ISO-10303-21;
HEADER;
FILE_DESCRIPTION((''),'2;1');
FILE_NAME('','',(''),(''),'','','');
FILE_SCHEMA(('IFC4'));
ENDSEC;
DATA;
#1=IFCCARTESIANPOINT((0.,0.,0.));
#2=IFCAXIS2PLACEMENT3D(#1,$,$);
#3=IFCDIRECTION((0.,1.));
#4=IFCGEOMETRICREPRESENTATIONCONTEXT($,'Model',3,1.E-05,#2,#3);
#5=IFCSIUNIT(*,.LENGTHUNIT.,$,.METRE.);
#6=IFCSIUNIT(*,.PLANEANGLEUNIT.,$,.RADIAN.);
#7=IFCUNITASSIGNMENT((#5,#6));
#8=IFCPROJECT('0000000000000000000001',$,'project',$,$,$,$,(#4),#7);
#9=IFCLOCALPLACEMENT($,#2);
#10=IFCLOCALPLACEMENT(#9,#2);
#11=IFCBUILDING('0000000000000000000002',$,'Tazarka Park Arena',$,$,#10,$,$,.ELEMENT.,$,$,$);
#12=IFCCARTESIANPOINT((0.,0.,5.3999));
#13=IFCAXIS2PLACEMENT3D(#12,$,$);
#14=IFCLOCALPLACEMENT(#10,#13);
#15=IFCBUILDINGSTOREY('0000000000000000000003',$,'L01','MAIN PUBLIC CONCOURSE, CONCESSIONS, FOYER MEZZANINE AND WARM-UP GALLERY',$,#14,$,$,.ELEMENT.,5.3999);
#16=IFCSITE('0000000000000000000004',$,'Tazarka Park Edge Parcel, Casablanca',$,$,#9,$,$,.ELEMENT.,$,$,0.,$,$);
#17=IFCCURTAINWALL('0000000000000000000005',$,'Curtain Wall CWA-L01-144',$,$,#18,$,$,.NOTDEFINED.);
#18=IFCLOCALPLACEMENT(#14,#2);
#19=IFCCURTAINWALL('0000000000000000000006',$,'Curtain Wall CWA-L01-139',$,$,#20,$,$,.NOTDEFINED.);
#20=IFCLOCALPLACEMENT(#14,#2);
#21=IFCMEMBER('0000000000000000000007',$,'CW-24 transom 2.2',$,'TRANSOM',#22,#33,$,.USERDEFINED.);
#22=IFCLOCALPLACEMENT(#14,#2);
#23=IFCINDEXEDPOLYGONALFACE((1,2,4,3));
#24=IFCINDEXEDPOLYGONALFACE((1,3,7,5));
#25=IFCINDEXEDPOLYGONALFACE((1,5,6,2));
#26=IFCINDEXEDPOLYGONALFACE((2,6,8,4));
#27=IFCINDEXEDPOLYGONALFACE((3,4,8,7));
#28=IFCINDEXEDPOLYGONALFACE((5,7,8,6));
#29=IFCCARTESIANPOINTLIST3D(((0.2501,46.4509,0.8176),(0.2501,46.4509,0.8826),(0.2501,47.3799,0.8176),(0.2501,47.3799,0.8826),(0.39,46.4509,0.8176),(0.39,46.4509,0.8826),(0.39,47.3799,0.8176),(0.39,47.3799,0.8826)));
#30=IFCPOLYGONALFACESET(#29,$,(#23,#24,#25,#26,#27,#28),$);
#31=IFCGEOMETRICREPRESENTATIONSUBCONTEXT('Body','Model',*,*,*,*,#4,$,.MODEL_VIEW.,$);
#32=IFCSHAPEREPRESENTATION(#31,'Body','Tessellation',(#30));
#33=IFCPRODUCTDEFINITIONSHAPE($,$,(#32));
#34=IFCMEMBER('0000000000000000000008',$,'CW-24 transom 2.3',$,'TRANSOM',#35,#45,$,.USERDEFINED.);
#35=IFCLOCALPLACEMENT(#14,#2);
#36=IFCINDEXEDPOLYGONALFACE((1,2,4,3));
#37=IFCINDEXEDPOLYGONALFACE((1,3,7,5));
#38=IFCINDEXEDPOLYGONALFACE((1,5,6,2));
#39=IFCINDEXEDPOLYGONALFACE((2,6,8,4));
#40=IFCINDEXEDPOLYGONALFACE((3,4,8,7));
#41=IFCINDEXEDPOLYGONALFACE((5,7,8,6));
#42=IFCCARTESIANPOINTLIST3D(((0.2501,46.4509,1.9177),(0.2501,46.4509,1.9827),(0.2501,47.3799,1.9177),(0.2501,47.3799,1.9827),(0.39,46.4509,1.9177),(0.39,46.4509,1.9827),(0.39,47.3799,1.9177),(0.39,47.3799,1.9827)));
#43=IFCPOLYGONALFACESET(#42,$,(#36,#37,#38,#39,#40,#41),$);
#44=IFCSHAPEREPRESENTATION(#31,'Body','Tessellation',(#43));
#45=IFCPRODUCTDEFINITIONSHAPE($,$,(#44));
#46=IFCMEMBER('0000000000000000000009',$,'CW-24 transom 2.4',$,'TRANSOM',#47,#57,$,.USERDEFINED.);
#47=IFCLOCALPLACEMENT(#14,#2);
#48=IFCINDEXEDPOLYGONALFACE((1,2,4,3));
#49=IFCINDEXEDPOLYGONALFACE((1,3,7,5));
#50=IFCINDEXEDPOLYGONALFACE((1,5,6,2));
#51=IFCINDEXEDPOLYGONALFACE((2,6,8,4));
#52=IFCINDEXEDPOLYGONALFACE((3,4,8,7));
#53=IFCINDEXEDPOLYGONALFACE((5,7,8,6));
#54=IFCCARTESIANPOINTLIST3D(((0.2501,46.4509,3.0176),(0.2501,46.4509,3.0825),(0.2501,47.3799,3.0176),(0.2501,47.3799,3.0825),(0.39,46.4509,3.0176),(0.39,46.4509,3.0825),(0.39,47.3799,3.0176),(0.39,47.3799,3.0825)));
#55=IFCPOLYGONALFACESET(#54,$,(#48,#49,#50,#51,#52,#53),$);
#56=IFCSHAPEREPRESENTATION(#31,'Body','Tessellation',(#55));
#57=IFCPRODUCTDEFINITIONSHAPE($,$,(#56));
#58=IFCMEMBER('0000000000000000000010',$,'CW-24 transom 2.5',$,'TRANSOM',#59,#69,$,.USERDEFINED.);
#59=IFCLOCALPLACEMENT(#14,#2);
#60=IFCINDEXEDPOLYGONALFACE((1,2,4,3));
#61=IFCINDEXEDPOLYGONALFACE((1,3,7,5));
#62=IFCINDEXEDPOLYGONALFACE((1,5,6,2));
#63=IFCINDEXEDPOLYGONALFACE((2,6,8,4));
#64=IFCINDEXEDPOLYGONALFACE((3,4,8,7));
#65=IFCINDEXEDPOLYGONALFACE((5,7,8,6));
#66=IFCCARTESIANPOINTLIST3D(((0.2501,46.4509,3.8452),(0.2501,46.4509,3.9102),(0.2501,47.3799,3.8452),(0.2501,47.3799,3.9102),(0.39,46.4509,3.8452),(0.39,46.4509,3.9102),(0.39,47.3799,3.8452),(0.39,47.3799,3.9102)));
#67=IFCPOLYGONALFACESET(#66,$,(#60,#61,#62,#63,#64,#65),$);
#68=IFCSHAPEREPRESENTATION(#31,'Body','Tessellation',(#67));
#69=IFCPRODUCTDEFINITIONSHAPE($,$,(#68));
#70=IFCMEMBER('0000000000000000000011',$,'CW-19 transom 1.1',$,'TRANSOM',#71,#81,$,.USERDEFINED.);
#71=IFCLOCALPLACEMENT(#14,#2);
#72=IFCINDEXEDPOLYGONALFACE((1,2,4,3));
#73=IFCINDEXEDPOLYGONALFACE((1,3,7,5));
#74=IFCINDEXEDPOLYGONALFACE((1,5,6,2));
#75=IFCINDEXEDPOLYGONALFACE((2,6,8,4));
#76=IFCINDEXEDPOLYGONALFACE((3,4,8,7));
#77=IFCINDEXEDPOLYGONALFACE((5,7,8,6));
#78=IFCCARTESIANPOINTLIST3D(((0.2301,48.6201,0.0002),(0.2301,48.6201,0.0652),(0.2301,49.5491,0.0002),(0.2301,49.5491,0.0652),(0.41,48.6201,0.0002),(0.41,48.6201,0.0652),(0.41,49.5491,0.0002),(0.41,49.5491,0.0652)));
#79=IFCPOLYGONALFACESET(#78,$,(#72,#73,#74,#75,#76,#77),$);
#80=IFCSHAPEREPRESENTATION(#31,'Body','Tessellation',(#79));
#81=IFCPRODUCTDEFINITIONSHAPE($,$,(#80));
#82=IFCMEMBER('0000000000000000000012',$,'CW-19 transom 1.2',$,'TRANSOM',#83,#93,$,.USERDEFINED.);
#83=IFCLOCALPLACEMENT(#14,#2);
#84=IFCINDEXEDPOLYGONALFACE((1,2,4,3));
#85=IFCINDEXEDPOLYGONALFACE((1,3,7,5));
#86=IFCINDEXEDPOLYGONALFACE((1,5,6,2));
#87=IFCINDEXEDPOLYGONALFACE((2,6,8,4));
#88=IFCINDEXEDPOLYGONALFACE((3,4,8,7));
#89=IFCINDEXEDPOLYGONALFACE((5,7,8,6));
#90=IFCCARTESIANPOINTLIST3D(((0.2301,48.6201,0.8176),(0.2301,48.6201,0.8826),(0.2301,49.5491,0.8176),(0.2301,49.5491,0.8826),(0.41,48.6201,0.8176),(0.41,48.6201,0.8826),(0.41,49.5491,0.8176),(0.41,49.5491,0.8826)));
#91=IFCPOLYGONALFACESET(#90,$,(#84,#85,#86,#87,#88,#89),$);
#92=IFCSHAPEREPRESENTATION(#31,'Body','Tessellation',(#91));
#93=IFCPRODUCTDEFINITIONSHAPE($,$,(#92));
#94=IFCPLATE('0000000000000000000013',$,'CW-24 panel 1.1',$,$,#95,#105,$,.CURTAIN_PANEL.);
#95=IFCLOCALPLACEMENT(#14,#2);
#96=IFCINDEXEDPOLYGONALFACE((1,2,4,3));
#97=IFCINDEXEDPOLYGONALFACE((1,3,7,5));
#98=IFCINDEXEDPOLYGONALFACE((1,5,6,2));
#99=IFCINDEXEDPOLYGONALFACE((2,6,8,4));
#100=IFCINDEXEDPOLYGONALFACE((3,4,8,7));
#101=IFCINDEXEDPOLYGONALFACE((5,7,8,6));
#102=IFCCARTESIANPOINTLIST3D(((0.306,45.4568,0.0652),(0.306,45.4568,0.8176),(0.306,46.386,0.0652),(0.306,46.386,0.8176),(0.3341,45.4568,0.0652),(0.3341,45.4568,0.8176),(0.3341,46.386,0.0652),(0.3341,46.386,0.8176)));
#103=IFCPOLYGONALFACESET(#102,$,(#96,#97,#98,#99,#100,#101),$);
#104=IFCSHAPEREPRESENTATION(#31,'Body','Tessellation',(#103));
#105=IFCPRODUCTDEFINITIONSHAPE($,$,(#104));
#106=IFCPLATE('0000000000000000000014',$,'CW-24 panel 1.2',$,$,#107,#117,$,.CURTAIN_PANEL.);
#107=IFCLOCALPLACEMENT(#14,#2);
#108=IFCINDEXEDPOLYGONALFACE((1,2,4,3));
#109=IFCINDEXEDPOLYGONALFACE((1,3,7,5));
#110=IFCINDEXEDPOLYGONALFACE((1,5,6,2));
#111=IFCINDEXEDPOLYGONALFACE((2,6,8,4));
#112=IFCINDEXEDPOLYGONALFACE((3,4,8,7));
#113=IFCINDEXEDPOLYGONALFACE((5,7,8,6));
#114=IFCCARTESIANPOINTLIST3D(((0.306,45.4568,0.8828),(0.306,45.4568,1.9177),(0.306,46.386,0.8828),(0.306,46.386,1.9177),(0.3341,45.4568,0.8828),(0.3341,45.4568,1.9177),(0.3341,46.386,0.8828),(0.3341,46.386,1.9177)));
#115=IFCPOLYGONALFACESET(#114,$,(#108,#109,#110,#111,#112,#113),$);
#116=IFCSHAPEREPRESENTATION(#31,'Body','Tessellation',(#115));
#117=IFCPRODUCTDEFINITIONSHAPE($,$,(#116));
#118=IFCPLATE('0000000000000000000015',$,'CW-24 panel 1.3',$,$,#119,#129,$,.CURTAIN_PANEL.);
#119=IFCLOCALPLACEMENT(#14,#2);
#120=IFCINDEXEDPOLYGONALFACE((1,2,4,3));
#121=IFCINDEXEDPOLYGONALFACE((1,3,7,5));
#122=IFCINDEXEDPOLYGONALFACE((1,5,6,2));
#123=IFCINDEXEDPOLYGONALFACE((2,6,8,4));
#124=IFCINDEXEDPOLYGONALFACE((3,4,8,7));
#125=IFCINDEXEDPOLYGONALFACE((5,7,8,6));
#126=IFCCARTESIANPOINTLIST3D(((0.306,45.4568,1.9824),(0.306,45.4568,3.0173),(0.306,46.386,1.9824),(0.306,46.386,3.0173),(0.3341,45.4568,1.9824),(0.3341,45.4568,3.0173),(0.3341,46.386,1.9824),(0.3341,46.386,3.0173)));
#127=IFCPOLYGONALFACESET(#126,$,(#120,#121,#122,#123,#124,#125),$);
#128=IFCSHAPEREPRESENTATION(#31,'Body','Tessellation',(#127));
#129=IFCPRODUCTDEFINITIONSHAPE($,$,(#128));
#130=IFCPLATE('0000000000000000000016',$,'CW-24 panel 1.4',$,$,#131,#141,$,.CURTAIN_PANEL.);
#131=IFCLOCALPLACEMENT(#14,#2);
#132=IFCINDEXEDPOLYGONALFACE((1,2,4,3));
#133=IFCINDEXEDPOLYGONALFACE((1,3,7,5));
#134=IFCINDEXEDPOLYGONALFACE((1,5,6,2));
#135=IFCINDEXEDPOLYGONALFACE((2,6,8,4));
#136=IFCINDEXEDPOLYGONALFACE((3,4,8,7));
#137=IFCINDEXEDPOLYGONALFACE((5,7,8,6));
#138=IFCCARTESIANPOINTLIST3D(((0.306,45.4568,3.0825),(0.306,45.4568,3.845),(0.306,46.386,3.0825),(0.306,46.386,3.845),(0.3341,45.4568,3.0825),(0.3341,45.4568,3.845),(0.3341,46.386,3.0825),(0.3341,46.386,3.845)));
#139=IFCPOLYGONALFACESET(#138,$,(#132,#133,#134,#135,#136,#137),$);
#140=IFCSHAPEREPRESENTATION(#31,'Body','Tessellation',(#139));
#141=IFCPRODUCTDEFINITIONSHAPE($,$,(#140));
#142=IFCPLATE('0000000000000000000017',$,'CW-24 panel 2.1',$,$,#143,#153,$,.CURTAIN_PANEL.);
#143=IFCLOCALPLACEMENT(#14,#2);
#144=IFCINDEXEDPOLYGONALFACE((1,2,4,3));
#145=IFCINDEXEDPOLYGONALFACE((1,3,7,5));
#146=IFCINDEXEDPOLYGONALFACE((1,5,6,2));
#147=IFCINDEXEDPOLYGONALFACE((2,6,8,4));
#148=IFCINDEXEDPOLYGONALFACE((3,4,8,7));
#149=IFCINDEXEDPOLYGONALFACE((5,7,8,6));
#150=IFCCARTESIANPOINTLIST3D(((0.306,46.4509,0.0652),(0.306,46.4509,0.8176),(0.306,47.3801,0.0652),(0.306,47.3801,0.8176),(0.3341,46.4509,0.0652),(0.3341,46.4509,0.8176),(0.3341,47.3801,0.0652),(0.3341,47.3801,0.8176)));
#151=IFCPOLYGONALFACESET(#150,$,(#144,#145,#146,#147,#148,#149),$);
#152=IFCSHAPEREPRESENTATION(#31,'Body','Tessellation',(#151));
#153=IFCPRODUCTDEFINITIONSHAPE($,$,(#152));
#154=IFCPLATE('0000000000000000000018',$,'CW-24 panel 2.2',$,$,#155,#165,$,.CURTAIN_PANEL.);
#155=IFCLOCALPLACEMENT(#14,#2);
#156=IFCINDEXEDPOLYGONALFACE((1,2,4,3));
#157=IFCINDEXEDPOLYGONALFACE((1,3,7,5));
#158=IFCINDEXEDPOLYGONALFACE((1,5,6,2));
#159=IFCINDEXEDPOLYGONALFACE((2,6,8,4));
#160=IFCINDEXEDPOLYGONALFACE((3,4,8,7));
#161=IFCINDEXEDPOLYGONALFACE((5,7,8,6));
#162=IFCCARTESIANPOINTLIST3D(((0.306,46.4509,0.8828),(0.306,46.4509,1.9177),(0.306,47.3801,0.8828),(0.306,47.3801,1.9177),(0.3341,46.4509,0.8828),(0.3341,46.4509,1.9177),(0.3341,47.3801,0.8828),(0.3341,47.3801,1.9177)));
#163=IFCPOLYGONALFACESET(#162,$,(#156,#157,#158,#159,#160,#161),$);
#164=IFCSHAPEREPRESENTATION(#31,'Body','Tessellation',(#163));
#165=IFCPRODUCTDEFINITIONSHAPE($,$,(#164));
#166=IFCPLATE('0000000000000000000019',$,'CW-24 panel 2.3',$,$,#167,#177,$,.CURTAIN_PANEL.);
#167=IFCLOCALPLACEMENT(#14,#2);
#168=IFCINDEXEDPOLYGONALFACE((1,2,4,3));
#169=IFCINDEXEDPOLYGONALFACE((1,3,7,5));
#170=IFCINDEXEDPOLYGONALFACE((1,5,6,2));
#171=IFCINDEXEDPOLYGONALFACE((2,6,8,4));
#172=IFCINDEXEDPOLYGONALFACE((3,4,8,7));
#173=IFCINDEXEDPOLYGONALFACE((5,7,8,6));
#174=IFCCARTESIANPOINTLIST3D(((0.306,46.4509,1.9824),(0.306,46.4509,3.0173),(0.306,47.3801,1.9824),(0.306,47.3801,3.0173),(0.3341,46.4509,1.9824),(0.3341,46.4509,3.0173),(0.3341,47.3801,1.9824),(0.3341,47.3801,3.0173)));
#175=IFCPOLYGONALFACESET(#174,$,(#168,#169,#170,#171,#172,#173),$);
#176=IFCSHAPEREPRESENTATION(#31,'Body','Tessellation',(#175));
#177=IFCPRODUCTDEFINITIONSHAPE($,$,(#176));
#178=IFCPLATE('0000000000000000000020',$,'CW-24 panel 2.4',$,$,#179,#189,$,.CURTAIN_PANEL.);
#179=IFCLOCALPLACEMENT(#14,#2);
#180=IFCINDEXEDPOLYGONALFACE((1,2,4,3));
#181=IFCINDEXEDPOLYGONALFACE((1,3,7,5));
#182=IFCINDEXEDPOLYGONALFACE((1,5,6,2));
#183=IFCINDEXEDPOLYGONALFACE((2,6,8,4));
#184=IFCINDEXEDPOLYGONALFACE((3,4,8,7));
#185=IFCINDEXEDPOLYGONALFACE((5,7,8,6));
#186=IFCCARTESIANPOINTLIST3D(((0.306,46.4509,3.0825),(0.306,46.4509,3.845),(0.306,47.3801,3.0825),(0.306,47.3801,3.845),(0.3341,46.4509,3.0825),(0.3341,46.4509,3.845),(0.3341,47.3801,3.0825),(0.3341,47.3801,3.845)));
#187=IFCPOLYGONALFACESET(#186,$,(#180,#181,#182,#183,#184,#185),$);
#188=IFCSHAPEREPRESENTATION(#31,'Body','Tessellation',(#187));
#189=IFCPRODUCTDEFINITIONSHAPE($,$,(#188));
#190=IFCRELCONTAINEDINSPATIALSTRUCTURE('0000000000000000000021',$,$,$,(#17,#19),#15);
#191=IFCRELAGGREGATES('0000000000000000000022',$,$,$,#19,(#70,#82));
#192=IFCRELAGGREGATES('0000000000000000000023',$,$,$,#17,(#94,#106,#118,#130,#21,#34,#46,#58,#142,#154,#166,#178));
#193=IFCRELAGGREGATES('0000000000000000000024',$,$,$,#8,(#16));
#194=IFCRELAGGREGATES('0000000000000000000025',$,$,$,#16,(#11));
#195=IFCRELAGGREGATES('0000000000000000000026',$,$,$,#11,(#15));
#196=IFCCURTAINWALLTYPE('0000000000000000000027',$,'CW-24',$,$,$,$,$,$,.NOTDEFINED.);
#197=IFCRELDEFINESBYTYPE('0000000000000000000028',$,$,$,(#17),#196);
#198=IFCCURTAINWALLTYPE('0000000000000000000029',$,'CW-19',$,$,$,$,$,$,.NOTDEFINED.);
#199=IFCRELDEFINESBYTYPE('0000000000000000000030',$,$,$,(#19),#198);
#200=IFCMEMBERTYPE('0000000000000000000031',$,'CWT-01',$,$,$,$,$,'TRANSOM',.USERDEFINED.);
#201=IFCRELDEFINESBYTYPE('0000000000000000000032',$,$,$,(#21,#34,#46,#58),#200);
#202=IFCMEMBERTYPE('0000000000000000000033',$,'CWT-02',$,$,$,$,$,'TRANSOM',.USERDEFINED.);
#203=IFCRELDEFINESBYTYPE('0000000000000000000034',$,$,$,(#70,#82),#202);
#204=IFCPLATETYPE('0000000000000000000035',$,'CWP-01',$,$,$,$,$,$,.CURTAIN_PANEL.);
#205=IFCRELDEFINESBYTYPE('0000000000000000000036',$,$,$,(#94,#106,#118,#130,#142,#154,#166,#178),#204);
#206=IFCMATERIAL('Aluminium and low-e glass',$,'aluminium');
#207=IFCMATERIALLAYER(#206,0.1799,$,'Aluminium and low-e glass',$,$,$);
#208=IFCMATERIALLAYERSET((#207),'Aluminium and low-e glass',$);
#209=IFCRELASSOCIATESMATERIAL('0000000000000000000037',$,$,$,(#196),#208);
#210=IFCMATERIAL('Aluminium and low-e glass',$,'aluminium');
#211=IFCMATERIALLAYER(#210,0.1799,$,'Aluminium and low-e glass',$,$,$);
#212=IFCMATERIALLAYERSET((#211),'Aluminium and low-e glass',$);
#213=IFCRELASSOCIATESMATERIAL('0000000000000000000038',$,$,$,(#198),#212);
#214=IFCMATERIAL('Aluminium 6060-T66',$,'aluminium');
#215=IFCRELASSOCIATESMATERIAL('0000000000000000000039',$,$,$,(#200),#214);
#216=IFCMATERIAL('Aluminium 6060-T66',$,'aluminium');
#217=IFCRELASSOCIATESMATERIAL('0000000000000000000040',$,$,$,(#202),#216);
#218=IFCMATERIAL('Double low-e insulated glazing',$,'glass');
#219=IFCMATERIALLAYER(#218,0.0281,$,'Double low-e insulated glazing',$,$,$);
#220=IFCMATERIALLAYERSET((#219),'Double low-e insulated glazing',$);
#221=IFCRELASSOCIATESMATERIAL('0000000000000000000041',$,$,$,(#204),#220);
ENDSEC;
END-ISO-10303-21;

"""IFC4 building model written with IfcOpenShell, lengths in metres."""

from ifc_helpers import new_model, si_unit, direction, frame, origin, origin_2d, place, context, subcontext, project, spatial, rectangle, extrude, material, layer, layer_set, material_profile, profile_set, type_object, element, aggregate, save


model = new_model("IFC4")

# Units and contexts
model_context = context("Model", 3, precision=1e-05, world=origin(), true_north=direction((0.0, 1.0)))
body_context = subcontext(model_context, "Body", "Model", "MODEL_VIEW")
ifc_project = project(units=[si_unit("LENGTHUNIT", "METRE"), si_unit("PLANEANGLEUNIT", "RADIAN")], contexts=[model_context])

# Site, building, storey
site_placement = place(None, origin())
site = spatial("IfcSite", under=ifc_project, at=site_placement, Name="Tazarka Park Edge Parcel, Casablanca", CompositionType="ELEMENT", RefElevation=0.0)
building_placement = place(site_placement, origin())
building = spatial("IfcBuilding", under=site, at=building_placement, Name="Tazarka Park Arena", CompositionType="ELEMENT")
storey_placement = place(building_placement, frame((0.0, 0.0, 5.3999)))
storey = spatial("IfcBuildingStorey", under=building, at=storey_placement, Name="L01", Description="MAIN PUBLIC CONCOURSE, CONCESSIONS, FOYER MEZZANINE AND WARM-UP GALLERY", CompositionType="ELEMENT", Elevation=5.3999)

# Curtain wall
ifc_material_1 = material(Name="Aluminium and low-e glass", Category="aluminium")
ifc_layer_1 = layer(ifc_material_1, 0.1799, Name="Aluminium and low-e glass")
ifc_layer_set_1 = layer_set([ifc_layer_1], Name="Aluminium and low-e glass")
curtain_wall_type_1 = type_object("IfcCurtainWallType", Name="CW-24", PredefinedType="NOTDEFINED", material=ifc_layer_set_1)
curtain_wall_1_placement = place(storey_placement, origin())
curtain_wall_1 = element("IfcCurtainWall", 1, at=curtain_wall_1_placement, inside=storey, type_object=curtain_wall_type_1, Name="Curtain Wall CWA-L01-144", PredefinedType="NOTDEFINED")

# Curtain wall
ifc_material_2 = material(Name="Aluminium and low-e glass", Category="aluminium")
ifc_layer_2 = layer(ifc_material_2, 0.1799, Name="Aluminium and low-e glass")
ifc_layer_set_2 = layer_set([ifc_layer_2], Name="Aluminium and low-e glass")
curtain_wall_type_2 = type_object("IfcCurtainWallType", Name="CW-19", PredefinedType="NOTDEFINED", material=ifc_layer_set_2)
curtain_wall_2_placement = place(storey_placement, origin())
curtain_wall_2 = element("IfcCurtainWall", 2, at=curtain_wall_2_placement, inside=storey, type_object=curtain_wall_type_2, Name="Curtain Wall CWA-L01-139", PredefinedType="NOTDEFINED")

# Members
ifc_material_3 = material(Name="Aluminium 6060-T66", Category="aluminium")
ifc_material_profile_1 = material_profile(ifc_material_3, rectangle(XDim=0.1399, YDim=0.0649, at=origin_2d()), Name="Aluminium 6060-T66")
ifc_profile_set_1 = profile_set([ifc_material_profile_1], Name="Aluminium 6060-T66")
member_type_1 = type_object("IfcMemberType", Name="CWT-01", ElementType="TRANSOM", PredefinedType="USERDEFINED", material=ifc_profile_set_1)
member_1_placement = place(storey_placement, frame((0.3201, 46.4509, 0.8501), z_axis=(0.0, 1.0, 0.0), x_axis=(-1.0, 0.0, 0.0)))
member_1 = element("IfcMember", 3, at=member_1_placement, type_object=member_type_1, Name="CW-24 transom 2.2", ObjectType="TRANSOM", PredefinedType="USERDEFINED", context=body_context, shape_type="SweptSolid", body=[
    extrude(rectangle(XDim=0.1399, YDim=0.0649, at=origin_2d()), origin(), (0.0, 0.0, 1.0), 0.929),
])
member_2_placement = place(storey_placement, frame((0.3201, 46.4509, 1.9502), z_axis=(0.0, 1.0, 0.0), x_axis=(-1.0, 0.0, 0.0)))
member_2 = element("IfcMember", 4, at=member_2_placement, type_object=member_type_1, Name="CW-24 transom 2.3", ObjectType="TRANSOM", PredefinedType="USERDEFINED", context=body_context, shape_type="SweptSolid", body=[
    extrude(rectangle(XDim=0.1399, YDim=0.0649, at=origin_2d()), origin(), (0.0, 0.0, 1.0), 0.929),
])
member_3_placement = place(storey_placement, frame((0.3201, 46.4509, 3.05), z_axis=(0.0, 1.0, 0.0), x_axis=(-1.0, 0.0, 0.0)))
member_3 = element("IfcMember", 5, at=member_3_placement, type_object=member_type_1, Name="CW-24 transom 2.4", ObjectType="TRANSOM", PredefinedType="USERDEFINED", context=body_context, shape_type="SweptSolid", body=[
    extrude(rectangle(XDim=0.1399, YDim=0.0649, at=origin_2d()), origin(), (0.0, 0.0, 1.0), 0.929),
])
member_4_placement = place(storey_placement, frame((0.3201, 46.4509, 3.8777), z_axis=(0.0, 1.0, 0.0), x_axis=(-1.0, 0.0, 0.0)))
member_4 = element("IfcMember", 6, at=member_4_placement, type_object=member_type_1, Name="CW-24 transom 2.5", ObjectType="TRANSOM", PredefinedType="USERDEFINED", context=body_context, shape_type="SweptSolid", body=[
    extrude(rectangle(XDim=0.1399, YDim=0.0649, at=origin_2d()), origin(), (0.0, 0.0, 1.0), 0.929),
])
ifc_material_4 = material(Name="Aluminium 6060-T66", Category="aluminium")
ifc_material_profile_2 = material_profile(ifc_material_4, rectangle(XDim=0.1799, YDim=0.0649, at=origin_2d()), Name="Aluminium 6060-T66")
ifc_profile_set_2 = profile_set([ifc_material_profile_2], Name="Aluminium 6060-T66")
member_type_2 = type_object("IfcMemberType", Name="CWT-02", ElementType="TRANSOM", PredefinedType="USERDEFINED", material=ifc_profile_set_2)
member_5_placement = place(storey_placement, frame((0.3201, 48.6201, 0.0327), z_axis=(0.0, 1.0, 0.0), x_axis=(-1.0, 0.0, 0.0)))
member_5 = element("IfcMember", 7, at=member_5_placement, type_object=member_type_2, Name="CW-19 transom 1.1", ObjectType="TRANSOM", PredefinedType="USERDEFINED", context=body_context, shape_type="SweptSolid", body=[
    extrude(rectangle(XDim=0.1799, YDim=0.0649, at=origin_2d()), origin(), (0.0, 0.0, 1.0), 0.929),
])
member_6_placement = place(storey_placement, frame((0.3201, 48.6201, 0.8501), z_axis=(0.0, 1.0, 0.0), x_axis=(-1.0, 0.0, 0.0)))
member_6 = element("IfcMember", 8, at=member_6_placement, type_object=member_type_2, Name="CW-19 transom 1.2", ObjectType="TRANSOM", PredefinedType="USERDEFINED", context=body_context, shape_type="SweptSolid", body=[
    extrude(rectangle(XDim=0.1799, YDim=0.0649, at=origin_2d()), origin(), (0.0, 0.0, 1.0), 0.929),
])
aggregate(curtain_wall_2, [member_5, member_6])

# Plates
ifc_material_5 = material(Name="Double low-e insulated glazing", Category="glass")
ifc_layer_3 = layer(ifc_material_5, 0.0281, Name="Double low-e insulated glazing")
ifc_layer_set_3 = layer_set([ifc_layer_3], Name="Double low-e insulated glazing")
plate_type = type_object("IfcPlateType", Name="CWP-01", PredefinedType="CURTAIN_PANEL", material=ifc_layer_set_3)
plate_1_placement = place(storey_placement, frame((0.3201, 45.9214, 0.0652), z_axis=(0.0, 0.0, 1.0), x_axis=(0.0, 1.0, 0.0)))
plate_1 = element("IfcPlate", 9, at=plate_1_placement, type_object=plate_type, Name="CW-24 panel 1.1", PredefinedType="CURTAIN_PANEL", context=body_context, shape_type="SweptSolid", body=[
    extrude(rectangle(XDim=0.9292, YDim=0.0281, at=origin_2d()), origin(), (0.0, 0.0, 1.0), 0.7524),
])
plate_2_placement = place(storey_placement, frame((0.3201, 45.9214, 0.8828), z_axis=(0.0, 0.0, 1.0), x_axis=(0.0, 1.0, 0.0)))
plate_2 = element("IfcPlate", 10, at=plate_2_placement, type_object=plate_type, Name="CW-24 panel 1.2", PredefinedType="CURTAIN_PANEL", context=body_context, shape_type="SweptSolid", body=[
    extrude(rectangle(XDim=0.9292, YDim=0.0281, at=origin_2d()), origin(), (0.0, 0.0, 1.0), 1.0349),
])
plate_3_placement = place(storey_placement, frame((0.3201, 45.9214, 1.9824), z_axis=(0.0, 0.0, 1.0), x_axis=(0.0, 1.0, 0.0)))
plate_3 = element("IfcPlate", 11, at=plate_3_placement, type_object=plate_type, Name="CW-24 panel 1.3", PredefinedType="CURTAIN_PANEL", context=body_context, shape_type="SweptSolid", body=[
    extrude(rectangle(XDim=0.9292, YDim=0.0281, at=origin_2d()), origin(), (0.0, 0.0, 1.0), 1.0349),
])
plate_4_placement = place(storey_placement, frame((0.3201, 45.9214, 3.0825), z_axis=(0.0, 0.0, 1.0), x_axis=(0.0, 1.0, 0.0)))
plate_4 = element("IfcPlate", 12, at=plate_4_placement, type_object=plate_type, Name="CW-24 panel 1.4", PredefinedType="CURTAIN_PANEL", context=body_context, shape_type="SweptSolid", body=[
    extrude(rectangle(XDim=0.9292, YDim=0.0281, at=origin_2d()), origin(), (0.0, 0.0, 1.0), 0.7625),
])
plate_5_placement = place(storey_placement, frame((0.3201, 46.9155, 0.0652), z_axis=(0.0, 0.0, 1.0), x_axis=(0.0, 1.0, 0.0)))
plate_5 = element("IfcPlate", 13, at=plate_5_placement, type_object=plate_type, Name="CW-24 panel 2.1", PredefinedType="CURTAIN_PANEL", context=body_context, shape_type="SweptSolid", body=[
    extrude(rectangle(XDim=0.9292, YDim=0.0281, at=origin_2d()), origin(), (0.0, 0.0, 1.0), 0.7524),
])
plate_6_placement = place(storey_placement, frame((0.3201, 46.9155, 0.8828), z_axis=(0.0, 0.0, 1.0), x_axis=(0.0, 1.0, 0.0)))
plate_6 = element("IfcPlate", 14, at=plate_6_placement, type_object=plate_type, Name="CW-24 panel 2.2", PredefinedType="CURTAIN_PANEL", context=body_context, shape_type="SweptSolid", body=[
    extrude(rectangle(XDim=0.9292, YDim=0.0281, at=origin_2d()), origin(), (0.0, 0.0, 1.0), 1.0349),
])
plate_7_placement = place(storey_placement, frame((0.3201, 46.9155, 1.9824), z_axis=(0.0, 0.0, 1.0), x_axis=(0.0, 1.0, 0.0)))
plate_7 = element("IfcPlate", 15, at=plate_7_placement, type_object=plate_type, Name="CW-24 panel 2.3", PredefinedType="CURTAIN_PANEL", context=body_context, shape_type="SweptSolid", body=[
    extrude(rectangle(XDim=0.9292, YDim=0.0281, at=origin_2d()), origin(), (0.0, 0.0, 1.0), 1.0349),
])
plate_8_placement = place(storey_placement, frame((0.3201, 46.9155, 3.0825), z_axis=(0.0, 0.0, 1.0), x_axis=(0.0, 1.0, 0.0)))
plate_8 = element("IfcPlate", 16, at=plate_8_placement, type_object=plate_type, Name="CW-24 panel 2.4", PredefinedType="CURTAIN_PANEL", context=body_context, shape_type="SweptSolid", body=[
    extrude(rectangle(XDim=0.9292, YDim=0.0281, at=origin_2d()), origin(), (0.0, 0.0, 1.0), 0.7625),
])
aggregate(curtain_wall_1, [plate_1, plate_2, plate_3, plate_4, member_1, member_2, member_3, member_4, plate_5, plate_6, plate_7, plate_8])

save(model, "model.ifc")
